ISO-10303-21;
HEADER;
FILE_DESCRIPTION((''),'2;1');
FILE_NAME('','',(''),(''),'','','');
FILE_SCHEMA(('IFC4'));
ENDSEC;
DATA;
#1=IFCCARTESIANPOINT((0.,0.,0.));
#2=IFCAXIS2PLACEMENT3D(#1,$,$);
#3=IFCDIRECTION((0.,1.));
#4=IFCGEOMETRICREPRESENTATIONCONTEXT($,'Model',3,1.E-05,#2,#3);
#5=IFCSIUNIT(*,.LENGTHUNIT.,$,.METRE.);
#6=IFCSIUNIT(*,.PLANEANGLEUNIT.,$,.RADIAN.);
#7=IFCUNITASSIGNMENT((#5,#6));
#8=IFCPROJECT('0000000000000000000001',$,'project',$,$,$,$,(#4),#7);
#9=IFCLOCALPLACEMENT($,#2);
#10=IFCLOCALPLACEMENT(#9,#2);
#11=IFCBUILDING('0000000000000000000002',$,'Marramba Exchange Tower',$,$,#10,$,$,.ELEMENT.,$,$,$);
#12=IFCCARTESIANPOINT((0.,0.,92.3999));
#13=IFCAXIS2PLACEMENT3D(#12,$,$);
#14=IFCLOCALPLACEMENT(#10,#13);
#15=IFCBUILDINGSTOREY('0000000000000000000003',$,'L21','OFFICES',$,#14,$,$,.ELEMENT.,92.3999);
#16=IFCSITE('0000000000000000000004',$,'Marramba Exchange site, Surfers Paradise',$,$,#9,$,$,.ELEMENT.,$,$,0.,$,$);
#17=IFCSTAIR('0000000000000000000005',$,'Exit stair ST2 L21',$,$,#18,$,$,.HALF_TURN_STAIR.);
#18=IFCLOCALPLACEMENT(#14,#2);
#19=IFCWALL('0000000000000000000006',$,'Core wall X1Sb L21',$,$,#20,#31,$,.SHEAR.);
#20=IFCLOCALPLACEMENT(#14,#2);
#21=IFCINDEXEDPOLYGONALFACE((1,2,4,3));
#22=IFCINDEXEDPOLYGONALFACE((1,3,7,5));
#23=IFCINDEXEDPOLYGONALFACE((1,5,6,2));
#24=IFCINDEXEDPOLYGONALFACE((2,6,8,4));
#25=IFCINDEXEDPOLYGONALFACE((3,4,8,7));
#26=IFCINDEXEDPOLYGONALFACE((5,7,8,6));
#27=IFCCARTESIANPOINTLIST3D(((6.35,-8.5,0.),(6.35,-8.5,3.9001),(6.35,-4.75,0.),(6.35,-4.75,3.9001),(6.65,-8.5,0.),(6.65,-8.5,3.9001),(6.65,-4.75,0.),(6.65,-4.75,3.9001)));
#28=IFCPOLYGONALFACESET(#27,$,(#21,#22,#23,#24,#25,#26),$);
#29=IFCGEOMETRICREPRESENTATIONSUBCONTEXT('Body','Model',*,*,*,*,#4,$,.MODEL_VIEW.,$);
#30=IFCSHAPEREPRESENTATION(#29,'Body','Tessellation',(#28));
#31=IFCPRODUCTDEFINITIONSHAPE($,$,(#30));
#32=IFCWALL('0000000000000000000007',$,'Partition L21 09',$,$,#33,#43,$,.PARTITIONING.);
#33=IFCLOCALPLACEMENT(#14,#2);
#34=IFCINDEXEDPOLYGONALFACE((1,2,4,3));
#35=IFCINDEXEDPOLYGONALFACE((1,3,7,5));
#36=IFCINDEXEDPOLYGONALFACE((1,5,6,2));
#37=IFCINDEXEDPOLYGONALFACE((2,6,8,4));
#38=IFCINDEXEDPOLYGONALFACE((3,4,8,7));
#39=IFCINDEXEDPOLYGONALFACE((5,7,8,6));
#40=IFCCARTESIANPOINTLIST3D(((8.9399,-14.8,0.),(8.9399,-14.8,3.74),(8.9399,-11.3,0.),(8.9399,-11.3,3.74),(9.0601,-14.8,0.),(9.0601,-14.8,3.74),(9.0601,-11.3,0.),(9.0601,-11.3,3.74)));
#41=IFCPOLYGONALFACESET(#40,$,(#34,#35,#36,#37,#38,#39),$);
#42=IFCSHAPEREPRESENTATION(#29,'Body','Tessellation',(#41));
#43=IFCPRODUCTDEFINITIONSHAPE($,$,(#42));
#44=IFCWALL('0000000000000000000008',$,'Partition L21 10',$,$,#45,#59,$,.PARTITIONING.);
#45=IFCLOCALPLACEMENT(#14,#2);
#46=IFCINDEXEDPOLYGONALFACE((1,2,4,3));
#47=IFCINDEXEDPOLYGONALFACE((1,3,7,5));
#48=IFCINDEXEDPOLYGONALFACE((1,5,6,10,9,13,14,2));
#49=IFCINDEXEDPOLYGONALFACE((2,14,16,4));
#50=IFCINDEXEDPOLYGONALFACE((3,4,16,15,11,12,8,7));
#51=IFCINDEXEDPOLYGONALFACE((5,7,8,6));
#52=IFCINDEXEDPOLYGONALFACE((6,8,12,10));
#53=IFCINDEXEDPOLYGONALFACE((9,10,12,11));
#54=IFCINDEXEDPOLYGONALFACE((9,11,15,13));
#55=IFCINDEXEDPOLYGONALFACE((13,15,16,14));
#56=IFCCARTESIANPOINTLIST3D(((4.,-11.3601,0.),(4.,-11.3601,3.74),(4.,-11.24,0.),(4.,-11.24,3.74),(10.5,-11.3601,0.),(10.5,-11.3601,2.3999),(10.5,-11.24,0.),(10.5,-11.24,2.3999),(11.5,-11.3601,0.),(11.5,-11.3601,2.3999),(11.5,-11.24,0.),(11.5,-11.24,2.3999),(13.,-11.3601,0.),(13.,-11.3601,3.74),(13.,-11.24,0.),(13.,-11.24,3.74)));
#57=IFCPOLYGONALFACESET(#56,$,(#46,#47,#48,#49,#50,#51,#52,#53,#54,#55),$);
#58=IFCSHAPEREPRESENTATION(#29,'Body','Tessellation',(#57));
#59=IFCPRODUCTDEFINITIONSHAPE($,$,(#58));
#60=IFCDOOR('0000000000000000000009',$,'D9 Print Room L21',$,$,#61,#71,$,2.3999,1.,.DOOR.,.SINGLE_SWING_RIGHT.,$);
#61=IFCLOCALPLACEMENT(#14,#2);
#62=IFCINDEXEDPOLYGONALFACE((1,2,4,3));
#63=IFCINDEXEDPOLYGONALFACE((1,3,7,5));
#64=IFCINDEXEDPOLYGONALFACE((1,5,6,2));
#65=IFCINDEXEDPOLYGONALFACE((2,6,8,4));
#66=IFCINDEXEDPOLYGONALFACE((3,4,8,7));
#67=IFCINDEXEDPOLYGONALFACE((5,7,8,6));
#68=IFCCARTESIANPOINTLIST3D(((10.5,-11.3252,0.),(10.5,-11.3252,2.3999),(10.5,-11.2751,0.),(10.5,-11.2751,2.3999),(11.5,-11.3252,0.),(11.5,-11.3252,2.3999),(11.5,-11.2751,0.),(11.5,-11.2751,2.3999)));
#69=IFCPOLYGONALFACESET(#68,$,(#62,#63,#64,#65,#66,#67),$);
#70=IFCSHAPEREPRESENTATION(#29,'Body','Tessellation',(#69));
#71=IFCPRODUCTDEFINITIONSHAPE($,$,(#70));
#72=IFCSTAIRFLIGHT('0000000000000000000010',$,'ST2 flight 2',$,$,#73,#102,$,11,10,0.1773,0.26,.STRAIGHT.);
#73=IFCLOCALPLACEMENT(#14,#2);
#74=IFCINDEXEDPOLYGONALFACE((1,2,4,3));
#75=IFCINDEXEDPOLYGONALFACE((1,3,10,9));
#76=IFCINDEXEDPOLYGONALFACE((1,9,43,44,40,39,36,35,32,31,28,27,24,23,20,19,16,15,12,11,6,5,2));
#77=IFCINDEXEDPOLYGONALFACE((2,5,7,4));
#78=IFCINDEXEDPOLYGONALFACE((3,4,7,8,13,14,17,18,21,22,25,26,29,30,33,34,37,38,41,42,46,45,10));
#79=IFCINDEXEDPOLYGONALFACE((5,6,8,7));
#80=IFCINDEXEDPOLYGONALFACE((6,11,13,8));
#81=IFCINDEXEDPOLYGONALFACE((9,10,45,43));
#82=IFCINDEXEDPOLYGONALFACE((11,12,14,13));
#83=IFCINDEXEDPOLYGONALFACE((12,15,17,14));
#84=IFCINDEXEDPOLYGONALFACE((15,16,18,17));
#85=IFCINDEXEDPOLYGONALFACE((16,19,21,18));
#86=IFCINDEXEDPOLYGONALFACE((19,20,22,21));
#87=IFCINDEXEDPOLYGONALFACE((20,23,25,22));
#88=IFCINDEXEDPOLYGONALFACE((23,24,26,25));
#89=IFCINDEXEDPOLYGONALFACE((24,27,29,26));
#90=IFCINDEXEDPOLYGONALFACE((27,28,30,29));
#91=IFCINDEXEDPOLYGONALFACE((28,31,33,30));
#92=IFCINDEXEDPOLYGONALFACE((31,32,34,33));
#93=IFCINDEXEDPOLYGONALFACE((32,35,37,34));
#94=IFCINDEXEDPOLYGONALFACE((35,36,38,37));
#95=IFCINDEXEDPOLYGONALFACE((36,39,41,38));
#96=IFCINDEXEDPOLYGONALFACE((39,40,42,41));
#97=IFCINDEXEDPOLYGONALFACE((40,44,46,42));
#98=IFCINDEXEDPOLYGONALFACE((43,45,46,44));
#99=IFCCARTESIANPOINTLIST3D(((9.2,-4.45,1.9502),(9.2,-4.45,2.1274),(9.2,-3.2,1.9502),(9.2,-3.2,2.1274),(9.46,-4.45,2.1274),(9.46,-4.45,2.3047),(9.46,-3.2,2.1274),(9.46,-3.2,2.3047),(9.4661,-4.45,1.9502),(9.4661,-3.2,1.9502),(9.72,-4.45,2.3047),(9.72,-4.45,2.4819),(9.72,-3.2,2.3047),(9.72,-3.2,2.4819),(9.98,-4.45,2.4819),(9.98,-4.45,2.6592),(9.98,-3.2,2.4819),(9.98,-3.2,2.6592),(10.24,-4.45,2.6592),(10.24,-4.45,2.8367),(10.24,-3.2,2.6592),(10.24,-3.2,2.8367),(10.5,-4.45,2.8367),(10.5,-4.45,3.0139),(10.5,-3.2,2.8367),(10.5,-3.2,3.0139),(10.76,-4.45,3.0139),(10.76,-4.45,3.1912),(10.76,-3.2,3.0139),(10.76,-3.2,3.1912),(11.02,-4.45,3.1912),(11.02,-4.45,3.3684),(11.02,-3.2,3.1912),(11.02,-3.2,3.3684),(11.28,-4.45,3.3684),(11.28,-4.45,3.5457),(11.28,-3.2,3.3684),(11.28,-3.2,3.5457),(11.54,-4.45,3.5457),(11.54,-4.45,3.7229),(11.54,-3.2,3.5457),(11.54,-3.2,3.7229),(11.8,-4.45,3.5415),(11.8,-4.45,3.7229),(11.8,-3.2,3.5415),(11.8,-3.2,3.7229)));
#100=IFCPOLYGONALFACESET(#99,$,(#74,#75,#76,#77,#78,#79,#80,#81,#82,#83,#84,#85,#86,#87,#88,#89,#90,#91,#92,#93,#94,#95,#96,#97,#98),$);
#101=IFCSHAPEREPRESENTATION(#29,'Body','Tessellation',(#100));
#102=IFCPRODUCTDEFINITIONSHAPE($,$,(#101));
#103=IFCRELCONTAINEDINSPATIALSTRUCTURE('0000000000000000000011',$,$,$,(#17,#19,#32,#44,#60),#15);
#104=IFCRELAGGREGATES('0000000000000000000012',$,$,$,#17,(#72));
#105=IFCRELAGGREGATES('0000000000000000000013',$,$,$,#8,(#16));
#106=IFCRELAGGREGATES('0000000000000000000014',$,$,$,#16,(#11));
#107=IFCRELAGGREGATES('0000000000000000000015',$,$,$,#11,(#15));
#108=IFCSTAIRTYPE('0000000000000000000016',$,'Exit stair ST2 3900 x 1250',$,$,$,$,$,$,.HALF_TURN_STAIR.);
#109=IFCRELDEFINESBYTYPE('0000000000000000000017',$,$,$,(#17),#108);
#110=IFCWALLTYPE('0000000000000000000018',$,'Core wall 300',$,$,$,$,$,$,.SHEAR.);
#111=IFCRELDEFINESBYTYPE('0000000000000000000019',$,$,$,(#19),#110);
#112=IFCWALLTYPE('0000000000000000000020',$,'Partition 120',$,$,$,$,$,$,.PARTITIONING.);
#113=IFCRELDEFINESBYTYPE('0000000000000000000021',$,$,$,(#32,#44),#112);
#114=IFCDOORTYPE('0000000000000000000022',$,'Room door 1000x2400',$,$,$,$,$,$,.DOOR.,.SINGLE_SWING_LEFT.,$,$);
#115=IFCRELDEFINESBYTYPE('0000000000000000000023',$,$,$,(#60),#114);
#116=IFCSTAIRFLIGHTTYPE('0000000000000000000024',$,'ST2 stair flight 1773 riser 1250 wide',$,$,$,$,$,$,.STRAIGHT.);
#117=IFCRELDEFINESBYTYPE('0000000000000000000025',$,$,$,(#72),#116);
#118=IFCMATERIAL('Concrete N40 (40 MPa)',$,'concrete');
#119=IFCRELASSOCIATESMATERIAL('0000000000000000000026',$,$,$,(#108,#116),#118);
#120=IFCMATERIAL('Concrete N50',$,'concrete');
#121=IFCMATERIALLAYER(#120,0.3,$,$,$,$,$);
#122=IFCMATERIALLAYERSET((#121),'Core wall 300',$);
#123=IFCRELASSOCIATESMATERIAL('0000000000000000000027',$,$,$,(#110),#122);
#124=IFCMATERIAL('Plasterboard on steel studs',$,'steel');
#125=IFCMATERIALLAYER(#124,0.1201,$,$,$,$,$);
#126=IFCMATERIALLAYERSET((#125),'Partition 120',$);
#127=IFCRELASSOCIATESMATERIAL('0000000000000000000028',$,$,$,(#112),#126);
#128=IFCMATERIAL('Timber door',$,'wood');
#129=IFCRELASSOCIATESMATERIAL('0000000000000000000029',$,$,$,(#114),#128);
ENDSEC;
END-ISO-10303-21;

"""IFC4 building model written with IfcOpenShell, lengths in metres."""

from ifc_helpers import new_model, si_unit, direction, frame, frame_2d, origin, place, context, subcontext, project, spatial, polyline, rectangle, outline, extrude, material, layer, layer_set, type_object, element, fill, aggregate, save


model = new_model("IFC4")

# Units and contexts
model_context = context("Model", 3, precision=1e-05, world=origin(), true_north=direction((0.0, 1.0)))
body_context = subcontext(model_context, "Body", "Model", "MODEL_VIEW")
ifc_project = project(units=[si_unit("LENGTHUNIT", "METRE"), si_unit("PLANEANGLEUNIT", "RADIAN")], contexts=[model_context])

# Site, building, storey
site_placement = place(None, origin())
site = spatial("IfcSite", under=ifc_project, at=site_placement, Name="Marramba Exchange site, Surfers Paradise", CompositionType="ELEMENT", RefElevation=0.0)
building_placement = place(site_placement, origin())
building = spatial("IfcBuilding", under=site, at=building_placement, Name="Marramba Exchange Tower", CompositionType="ELEMENT")
storey_placement = place(building_placement, frame((0.0, 0.0, 92.3999)))
storey = spatial("IfcBuildingStorey", under=building, at=storey_placement, Name="L21", Description="OFFICES", CompositionType="ELEMENT", Elevation=92.3999)

# Stair
ifc_material_1 = material(Name="Concrete N40 (40 MPa)", Category="concrete")
stair_type_1 = type_object("IfcStairType", Name="Exit stair ST2 3900 x 1250", PredefinedType="HALF_TURN_STAIR", material=ifc_material_1)
stair_1_placement = place(storey_placement, origin())
stair_1 = element("IfcStair", 1, at=stair_1_placement, inside=storey, type_object=stair_type_1, Name="Exit stair ST2 L21", PredefinedType="HALF_TURN_STAIR")

# Walls
ifc_material_2 = material(Name="Concrete N50", Category="concrete")
ifc_layer_1 = layer(ifc_material_2, 0.3)
ifc_layer_set_1 = layer_set([ifc_layer_1], Name="Core wall 300")
wall_type_1 = type_object("IfcWallType", Name="Core wall 300", PredefinedType="SHEAR", material=ifc_layer_set_1)
wall_1_placement = place(storey_placement, frame((6.5, -4.75, 0.0), z_axis=(0.0, 0.0, 1.0), x_axis=(0.0, -1.0, 0.0)))
element("IfcWall", 2, at=wall_1_placement, inside=storey, type_object=wall_type_1, Name="Core wall X1Sb L21", PredefinedType="SHEAR", context=body_context, shape_type="SweptSolid", body=[
    extrude(rectangle(XDim=3.75, YDim=0.3, at=frame_2d((1.875, 0.0))), origin(), (0.0, 0.0, 1.0), 3.9001),
])
ifc_material_3 = material(Name="Plasterboard on steel studs", Category="steel")
ifc_layer_2 = layer(ifc_material_3, 0.1201)
ifc_layer_set_2 = layer_set([ifc_layer_2], Name="Partition 120")
wall_type_2 = type_object("IfcWallType", Name="Partition 120", PredefinedType="PARTITIONING", material=ifc_layer_set_2)
wall_2_placement = place(storey_placement, frame((9.0, -11.3, 0.0), z_axis=(0.0, 0.0, 1.0), x_axis=(0.0, -1.0, 0.0)))
element("IfcWall", 3, at=wall_2_placement, inside=storey, type_object=wall_type_2, Name="Partition L21 09", PredefinedType="PARTITIONING", context=body_context, shape_type="SweptSolid", body=[
    extrude(rectangle(XDim=3.5, YDim=0.1201, at=frame_2d((1.75, 0.0))), origin(), (0.0, 0.0, 1.0), 3.74),
])

# Wall, opening, door
wall_3_placement = place(storey_placement, frame((4.0, -11.3, 0.0), z_axis=(0.0, 0.0, 1.0), x_axis=(1.0, 0.0, 0.0)))
wall_3 = element("IfcWall", 4, at=wall_3_placement, inside=storey, type_object=wall_type_2, Name="Partition L21 10", PredefinedType="PARTITIONING", context=body_context, shape_type="SweptSolid", body=[
    extrude(rectangle(XDim=9.0, YDim=0.1201, at=frame_2d((4.5, 0.0))), origin(), (0.0, 0.0, 1.0), 3.74),
])
opening_1_placement = place(wall_3_placement, frame((6.5, 0.0, 0.0)))
opening_1 = element("IfcOpeningElement", 5, at=opening_1_placement, cuts=wall_3, PredefinedType="OPENING", context=body_context, shape_type="SweptSolid", body=[
    extrude(rectangle(XDim=1.0, YDim=2.3999, at=frame_2d((0.5, 1.2))), frame((0.0, 0.0701, 0.0), z_axis=(0.0, -1.0, 0.0), x_axis=(1.0, 0.0, 0.0)), (0.0, 0.0, 1.0), 0.1401),
])
ifc_material_4 = material(Name="Timber door", Category="wood")
door_type = type_object("IfcDoorType", Name="Room door 1000x2400", OperationType="SINGLE_SWING_LEFT", PredefinedType="DOOR", material=ifc_material_4)
door_1_placement = place(opening_1_placement, frame((1.0, 0.0, 0.0), z_axis=(0.0, 0.0, 1.0), x_axis=(-1.0, 0.0, 0.0)))
door_1 = element("IfcDoor", 6, at=door_1_placement, inside=storey, type_object=door_type, Name="D9 Print Room L21", OperationType="SINGLE_SWING_RIGHT", OverallHeight=2.3999, OverallWidth=1.0, PredefinedType="DOOR", context=body_context, shape_type="SweptSolid", body=[
    extrude(rectangle(XDim=1.0, YDim=2.3999, at=frame_2d((0.5, 1.2))), frame((0.0, 0.0251, 0.0), z_axis=(0.0, -1.0, 0.0), x_axis=(1.0, 0.0, 0.0)), (0.0, 0.0, 1.0), 0.05),
])
fill(opening_1, door_1)

# Stair flight
stair_flight_type = type_object("IfcStairFlightType", Name="ST2 stair flight 1773 riser 1250 wide", PredefinedType="STRAIGHT", material=ifc_material_1)
stair_flight_placement = place(storey_placement, frame((9.2, -3.825, 1.9502), z_axis=(0.0, 0.0, 1.0), x_axis=(1.0, 0.0, 0.0)))
stair_flight = element("IfcStairFlight", 7, at=stair_flight_placement, type_object=stair_flight_type, Name="ST2 flight 2", NumberOfRisers=11, NumberOfTreads=10, PredefinedType="STRAIGHT", RiserHeight=0.1773, TreadLength=0.26, context=body_context, shape_type="SweptSolid", body=[
    extrude(outline(polyline([(0.0, 0.0), (0.0, 0.1772), (0.26, 0.1772), (0.26, 0.3545), (0.52, 0.3545), (0.52, 0.5317), (0.78, 0.5317), (0.78, 0.709), (1.04, 0.709), (1.04, 0.8865), (1.3, 0.8865), (1.3, 1.0637), (1.5601, 1.0637), (1.5601, 1.241), (1.8201, 1.241), (1.8201, 1.4182), (2.0801, 1.4182), (2.0801, 1.5955), (2.3401, 1.5955), (2.3401, 1.7727), (2.6001, 1.7727), (2.6001, 1.95), (2.6001, 1.5913), (0.2661, 0.0), (0.0, 0.0)])), frame((0.0, 0.625, 0.0), z_axis=(0.0, -1.0, 0.0), x_axis=(1.0, 0.0, 0.0)), (0.0, 0.0, 1.0), 1.25),
])
aggregate(stair_1, [stair_flight])

save(model, "model.ifc")
